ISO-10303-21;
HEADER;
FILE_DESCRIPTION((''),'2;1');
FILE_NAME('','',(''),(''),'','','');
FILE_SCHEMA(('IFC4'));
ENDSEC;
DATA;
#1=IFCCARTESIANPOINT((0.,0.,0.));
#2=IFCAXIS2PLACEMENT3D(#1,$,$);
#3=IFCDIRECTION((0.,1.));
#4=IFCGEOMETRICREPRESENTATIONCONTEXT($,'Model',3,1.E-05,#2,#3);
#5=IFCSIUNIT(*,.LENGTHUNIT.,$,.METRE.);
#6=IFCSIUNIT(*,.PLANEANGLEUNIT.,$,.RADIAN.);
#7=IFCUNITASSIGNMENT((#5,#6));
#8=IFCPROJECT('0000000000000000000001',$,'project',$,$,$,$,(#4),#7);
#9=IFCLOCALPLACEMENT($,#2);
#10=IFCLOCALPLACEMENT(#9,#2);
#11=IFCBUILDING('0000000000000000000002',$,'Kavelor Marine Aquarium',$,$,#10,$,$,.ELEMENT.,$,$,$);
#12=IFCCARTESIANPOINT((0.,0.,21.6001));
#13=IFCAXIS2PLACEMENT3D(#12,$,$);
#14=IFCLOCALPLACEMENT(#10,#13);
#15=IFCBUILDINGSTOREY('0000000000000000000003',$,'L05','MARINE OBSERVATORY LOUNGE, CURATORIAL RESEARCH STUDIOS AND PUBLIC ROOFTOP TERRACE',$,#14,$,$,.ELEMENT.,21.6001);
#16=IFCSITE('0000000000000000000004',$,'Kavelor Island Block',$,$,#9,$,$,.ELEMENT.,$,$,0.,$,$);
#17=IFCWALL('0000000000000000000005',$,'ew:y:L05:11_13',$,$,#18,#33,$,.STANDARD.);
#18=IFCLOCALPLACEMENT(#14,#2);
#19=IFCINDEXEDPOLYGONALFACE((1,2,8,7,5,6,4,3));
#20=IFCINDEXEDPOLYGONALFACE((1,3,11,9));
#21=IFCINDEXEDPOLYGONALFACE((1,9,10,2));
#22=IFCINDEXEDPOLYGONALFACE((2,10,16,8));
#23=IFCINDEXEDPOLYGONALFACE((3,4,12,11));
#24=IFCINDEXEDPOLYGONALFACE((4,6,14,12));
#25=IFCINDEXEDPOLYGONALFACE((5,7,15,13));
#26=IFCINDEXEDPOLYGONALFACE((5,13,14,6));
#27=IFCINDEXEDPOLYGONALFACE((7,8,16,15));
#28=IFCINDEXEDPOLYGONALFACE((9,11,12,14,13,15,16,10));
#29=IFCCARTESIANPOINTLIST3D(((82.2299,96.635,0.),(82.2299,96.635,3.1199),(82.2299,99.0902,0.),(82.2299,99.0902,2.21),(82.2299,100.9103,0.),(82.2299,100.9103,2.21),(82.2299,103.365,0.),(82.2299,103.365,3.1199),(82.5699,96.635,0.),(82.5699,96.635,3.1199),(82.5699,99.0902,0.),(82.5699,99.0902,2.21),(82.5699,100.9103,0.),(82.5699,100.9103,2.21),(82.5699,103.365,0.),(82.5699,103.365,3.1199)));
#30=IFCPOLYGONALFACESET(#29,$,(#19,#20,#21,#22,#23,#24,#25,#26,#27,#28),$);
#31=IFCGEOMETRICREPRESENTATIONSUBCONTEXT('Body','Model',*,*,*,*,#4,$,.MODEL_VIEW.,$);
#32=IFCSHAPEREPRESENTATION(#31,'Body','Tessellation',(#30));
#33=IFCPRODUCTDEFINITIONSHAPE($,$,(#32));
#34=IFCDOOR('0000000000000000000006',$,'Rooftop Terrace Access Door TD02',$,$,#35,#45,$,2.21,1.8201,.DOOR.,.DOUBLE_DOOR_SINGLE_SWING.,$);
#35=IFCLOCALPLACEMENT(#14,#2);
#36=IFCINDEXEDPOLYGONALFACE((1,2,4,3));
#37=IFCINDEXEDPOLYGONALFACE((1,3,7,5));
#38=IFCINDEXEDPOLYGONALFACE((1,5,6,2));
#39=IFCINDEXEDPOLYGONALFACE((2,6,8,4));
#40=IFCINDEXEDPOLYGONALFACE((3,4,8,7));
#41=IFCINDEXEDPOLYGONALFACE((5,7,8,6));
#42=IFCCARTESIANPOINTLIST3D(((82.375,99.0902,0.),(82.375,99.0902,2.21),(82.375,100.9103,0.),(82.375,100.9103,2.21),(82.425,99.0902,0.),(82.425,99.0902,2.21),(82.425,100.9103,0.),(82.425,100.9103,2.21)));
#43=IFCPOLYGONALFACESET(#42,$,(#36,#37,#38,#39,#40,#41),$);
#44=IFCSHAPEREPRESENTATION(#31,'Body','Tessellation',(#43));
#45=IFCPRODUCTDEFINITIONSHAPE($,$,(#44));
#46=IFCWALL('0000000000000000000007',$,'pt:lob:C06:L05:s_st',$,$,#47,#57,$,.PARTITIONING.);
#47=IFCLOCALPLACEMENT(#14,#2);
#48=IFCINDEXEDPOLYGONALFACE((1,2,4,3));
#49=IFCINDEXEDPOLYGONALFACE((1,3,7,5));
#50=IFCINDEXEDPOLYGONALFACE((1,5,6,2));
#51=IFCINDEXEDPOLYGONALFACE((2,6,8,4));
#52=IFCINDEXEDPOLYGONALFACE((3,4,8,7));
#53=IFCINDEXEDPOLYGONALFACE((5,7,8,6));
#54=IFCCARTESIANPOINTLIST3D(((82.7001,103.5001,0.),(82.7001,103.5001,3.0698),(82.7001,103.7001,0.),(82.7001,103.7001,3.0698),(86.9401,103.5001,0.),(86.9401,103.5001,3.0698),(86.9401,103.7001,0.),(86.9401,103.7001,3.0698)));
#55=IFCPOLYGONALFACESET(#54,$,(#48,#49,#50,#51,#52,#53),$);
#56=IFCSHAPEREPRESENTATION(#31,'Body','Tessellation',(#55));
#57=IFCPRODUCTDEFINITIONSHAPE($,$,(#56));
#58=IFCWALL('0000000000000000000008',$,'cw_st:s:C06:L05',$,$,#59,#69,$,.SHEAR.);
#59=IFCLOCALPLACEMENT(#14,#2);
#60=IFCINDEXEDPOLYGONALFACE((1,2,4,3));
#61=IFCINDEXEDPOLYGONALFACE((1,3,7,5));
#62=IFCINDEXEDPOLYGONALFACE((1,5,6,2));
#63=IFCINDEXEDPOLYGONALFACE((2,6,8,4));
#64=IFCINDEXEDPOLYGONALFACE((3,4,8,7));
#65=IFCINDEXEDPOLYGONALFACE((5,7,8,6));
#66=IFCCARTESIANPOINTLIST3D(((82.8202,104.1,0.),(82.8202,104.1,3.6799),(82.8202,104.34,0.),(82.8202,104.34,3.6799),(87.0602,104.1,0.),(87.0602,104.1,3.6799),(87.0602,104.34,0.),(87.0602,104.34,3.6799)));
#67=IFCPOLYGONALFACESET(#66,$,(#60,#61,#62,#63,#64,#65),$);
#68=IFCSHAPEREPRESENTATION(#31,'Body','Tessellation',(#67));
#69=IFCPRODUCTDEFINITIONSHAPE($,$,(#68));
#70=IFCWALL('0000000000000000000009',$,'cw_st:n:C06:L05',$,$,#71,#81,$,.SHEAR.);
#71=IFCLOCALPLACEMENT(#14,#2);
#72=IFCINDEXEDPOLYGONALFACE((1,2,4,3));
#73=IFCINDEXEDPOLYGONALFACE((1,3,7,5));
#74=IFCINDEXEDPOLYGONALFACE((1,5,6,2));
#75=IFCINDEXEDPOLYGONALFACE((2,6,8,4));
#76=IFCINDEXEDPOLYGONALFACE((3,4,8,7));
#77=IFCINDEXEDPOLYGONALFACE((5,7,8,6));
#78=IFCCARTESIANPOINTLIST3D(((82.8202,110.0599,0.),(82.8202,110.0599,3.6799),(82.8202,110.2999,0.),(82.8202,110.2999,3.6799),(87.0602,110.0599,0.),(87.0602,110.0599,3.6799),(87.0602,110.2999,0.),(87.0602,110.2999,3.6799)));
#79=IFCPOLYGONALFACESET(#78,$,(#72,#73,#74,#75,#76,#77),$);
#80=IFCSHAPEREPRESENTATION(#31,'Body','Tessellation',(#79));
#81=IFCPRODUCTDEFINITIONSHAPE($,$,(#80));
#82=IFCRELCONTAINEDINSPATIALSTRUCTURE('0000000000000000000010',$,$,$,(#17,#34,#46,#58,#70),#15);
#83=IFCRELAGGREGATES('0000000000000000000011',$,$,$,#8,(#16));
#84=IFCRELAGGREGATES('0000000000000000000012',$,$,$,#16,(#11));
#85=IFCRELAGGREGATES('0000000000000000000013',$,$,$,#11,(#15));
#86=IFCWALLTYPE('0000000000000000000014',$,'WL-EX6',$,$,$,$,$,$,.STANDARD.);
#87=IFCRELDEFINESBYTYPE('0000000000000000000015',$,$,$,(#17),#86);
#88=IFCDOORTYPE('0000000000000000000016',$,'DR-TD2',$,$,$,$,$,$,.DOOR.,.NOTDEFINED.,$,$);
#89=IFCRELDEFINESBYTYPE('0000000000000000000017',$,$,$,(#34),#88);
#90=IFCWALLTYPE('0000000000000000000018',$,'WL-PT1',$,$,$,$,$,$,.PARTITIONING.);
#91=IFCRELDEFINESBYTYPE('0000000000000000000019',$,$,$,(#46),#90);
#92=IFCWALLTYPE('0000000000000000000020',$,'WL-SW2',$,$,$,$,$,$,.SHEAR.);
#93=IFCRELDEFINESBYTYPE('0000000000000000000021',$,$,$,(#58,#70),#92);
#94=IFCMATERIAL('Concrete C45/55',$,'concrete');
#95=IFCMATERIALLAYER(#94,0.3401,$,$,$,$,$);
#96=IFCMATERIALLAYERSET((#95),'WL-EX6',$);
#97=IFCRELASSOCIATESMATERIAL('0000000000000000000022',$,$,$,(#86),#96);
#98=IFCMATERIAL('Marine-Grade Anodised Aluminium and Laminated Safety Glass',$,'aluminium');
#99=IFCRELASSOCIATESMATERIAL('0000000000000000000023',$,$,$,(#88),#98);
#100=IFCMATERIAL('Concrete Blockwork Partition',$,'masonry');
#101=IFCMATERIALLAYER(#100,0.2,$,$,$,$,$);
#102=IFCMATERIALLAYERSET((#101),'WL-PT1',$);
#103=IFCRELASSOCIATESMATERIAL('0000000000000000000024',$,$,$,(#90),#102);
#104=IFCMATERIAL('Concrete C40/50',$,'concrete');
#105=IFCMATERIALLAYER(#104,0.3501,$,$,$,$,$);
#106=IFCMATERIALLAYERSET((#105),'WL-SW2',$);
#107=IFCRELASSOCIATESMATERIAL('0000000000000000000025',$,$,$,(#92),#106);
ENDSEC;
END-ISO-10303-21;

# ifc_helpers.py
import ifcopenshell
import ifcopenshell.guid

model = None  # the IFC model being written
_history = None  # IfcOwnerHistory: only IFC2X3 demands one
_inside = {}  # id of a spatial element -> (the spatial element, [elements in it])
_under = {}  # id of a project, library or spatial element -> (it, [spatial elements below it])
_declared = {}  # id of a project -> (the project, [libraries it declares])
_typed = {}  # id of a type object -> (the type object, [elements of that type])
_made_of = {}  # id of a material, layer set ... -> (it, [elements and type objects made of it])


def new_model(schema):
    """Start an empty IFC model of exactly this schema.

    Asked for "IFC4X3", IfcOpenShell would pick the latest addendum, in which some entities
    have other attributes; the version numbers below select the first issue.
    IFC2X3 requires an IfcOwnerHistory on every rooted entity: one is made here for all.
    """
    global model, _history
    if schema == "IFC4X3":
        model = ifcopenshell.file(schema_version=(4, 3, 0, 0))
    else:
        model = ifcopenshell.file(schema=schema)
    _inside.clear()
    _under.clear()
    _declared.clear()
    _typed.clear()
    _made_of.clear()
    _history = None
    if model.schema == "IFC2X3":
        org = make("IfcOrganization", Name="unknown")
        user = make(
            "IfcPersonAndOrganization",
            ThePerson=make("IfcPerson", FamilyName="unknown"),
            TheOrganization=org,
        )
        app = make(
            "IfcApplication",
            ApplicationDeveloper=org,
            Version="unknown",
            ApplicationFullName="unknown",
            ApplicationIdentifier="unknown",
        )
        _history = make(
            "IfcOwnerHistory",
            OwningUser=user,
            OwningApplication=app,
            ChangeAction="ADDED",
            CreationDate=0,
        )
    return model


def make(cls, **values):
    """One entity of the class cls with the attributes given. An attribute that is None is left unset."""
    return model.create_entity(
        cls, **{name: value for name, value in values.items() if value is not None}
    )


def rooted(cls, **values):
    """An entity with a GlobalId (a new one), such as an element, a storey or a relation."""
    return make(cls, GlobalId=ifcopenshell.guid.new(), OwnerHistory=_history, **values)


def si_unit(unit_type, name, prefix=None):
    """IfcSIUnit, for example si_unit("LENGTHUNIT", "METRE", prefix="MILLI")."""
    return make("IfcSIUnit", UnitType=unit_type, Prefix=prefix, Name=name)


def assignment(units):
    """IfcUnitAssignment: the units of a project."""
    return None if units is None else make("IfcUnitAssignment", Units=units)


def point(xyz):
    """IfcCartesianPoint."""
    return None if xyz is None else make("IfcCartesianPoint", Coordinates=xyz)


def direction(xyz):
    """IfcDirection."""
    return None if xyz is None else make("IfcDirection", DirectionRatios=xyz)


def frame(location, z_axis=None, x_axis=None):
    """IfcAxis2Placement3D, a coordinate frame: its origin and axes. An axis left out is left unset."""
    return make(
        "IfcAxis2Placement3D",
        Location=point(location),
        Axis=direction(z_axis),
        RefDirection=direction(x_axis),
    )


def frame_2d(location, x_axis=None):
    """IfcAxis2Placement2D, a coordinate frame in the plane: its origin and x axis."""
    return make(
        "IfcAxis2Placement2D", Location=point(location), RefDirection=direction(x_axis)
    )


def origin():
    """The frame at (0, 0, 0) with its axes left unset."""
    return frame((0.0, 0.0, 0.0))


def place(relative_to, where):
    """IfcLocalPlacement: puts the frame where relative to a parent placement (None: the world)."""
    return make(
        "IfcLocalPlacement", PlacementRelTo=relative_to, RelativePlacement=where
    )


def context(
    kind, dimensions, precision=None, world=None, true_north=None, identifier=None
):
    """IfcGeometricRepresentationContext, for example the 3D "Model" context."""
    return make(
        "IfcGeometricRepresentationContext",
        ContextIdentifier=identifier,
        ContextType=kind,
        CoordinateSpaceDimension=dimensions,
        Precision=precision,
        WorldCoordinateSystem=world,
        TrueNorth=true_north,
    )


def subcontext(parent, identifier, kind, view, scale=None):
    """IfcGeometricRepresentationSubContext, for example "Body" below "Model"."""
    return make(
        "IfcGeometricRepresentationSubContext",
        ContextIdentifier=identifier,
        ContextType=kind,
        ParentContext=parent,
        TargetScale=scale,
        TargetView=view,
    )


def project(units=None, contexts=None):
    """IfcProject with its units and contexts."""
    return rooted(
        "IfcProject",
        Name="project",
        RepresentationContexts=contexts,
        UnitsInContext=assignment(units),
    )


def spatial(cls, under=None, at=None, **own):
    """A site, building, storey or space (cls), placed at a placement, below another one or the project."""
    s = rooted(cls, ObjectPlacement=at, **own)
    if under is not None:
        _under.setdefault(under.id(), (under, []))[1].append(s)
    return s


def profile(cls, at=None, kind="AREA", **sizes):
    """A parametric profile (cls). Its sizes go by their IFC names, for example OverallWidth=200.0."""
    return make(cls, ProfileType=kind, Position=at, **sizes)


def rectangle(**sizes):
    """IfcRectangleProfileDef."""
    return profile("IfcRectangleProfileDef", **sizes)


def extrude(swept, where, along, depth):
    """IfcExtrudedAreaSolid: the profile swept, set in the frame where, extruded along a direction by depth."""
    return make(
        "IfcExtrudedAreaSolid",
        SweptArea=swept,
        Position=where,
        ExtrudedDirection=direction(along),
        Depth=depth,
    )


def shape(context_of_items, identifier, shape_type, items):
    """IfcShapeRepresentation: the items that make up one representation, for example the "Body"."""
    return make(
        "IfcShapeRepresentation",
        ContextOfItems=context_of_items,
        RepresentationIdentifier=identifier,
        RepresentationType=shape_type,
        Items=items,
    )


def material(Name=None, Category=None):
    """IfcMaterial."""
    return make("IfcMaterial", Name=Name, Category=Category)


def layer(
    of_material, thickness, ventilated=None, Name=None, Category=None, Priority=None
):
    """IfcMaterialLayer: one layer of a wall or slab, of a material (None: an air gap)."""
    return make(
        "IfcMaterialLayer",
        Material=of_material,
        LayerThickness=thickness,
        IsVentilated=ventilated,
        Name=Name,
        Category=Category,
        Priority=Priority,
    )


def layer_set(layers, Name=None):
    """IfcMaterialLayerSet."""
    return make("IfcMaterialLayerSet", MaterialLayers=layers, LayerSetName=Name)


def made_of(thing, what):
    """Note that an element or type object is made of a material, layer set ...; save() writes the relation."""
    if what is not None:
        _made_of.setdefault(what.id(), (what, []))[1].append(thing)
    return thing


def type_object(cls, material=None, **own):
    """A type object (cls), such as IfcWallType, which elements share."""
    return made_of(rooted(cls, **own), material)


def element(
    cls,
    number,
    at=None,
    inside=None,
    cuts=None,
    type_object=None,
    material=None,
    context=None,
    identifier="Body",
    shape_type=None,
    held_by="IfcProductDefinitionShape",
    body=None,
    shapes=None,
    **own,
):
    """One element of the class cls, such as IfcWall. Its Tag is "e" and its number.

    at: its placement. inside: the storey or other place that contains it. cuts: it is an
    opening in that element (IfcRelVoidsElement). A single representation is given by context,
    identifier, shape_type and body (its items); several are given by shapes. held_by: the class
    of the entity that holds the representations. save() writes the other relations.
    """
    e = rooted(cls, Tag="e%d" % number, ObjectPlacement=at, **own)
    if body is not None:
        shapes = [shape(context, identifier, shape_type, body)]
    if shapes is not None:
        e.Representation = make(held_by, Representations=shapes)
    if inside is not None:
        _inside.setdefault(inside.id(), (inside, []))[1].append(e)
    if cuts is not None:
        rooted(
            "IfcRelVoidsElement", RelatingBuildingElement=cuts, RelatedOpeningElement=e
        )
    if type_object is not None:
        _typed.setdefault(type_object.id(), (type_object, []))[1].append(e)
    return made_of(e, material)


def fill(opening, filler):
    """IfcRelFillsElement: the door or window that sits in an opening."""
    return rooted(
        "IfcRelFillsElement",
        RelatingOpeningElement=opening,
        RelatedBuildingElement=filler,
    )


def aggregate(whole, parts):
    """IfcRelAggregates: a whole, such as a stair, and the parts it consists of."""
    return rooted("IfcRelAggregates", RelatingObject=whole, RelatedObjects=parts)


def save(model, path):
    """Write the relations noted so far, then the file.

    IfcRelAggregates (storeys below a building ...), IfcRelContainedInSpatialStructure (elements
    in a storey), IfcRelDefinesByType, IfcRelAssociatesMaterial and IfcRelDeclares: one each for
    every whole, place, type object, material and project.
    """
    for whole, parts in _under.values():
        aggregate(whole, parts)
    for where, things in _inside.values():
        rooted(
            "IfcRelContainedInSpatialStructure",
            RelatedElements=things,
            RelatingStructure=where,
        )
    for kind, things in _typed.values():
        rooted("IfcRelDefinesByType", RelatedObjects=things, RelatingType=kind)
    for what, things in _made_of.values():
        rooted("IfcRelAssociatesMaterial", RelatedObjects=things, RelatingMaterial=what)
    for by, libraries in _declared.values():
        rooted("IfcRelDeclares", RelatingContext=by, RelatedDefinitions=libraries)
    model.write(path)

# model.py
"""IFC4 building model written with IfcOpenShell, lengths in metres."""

from ifc_helpers import new_model, si_unit, direction, frame, frame_2d, origin, place, context, subcontext, project, spatial, rectangle, extrude, material, layer, layer_set, type_object, element, fill, save


model = new_model("IFC4")

# Units and contexts
model_context = context("Model", 3, precision=1e-05, world=origin(), true_north=direction((0.0, 1.0)))
body_context = subcontext(model_context, "Body", "Model", "MODEL_VIEW")
ifc_project = project(units=[si_unit("LENGTHUNIT", "METRE"), si_unit("PLANEANGLEUNIT", "RADIAN")], contexts=[model_context])

# Site, building, storey
site_placement = place(None, origin())
site = spatial("IfcSite", under=ifc_project, at=site_placement, Name="Kavelor Island Block", CompositionType="ELEMENT", RefElevation=0.0)
building_placement = place(site_placement, origin())
building = spatial("IfcBuilding", under=site, at=building_placement, Name="Kavelor Marine Aquarium", CompositionType="ELEMENT")
storey_placement = place(building_placement, frame((0.0, 0.0, 21.6001)))
storey = spatial("IfcBuildingStorey", under=building, at=storey_placement, Name="L05", Description="MARINE OBSERVATORY LOUNGE, CURATORIAL RESEARCH STUDIOS AND PUBLIC ROOFTOP TERRACE", CompositionType="ELEMENT", Elevation=21.6001)

# Wall, opening, door
ifc_material_1 = material(Name="Concrete C45/55", Category="concrete")
ifc_layer_1 = layer(ifc_material_1, 0.3401)
ifc_layer_set_1 = layer_set([ifc_layer_1], Name="WL-EX6")
wall_type_1 = type_object("IfcWallType", Name="WL-EX6", PredefinedType="STANDARD", material=ifc_layer_set_1)
wall_1_placement = place(storey_placement, frame((82.3999, 96.635, 0.0), z_axis=(0.0, 0.0, 1.0), x_axis=(0.0, 1.0, 0.0)))
wall_1 = element("IfcWall", 1, at=wall_1_placement, inside=storey, type_object=wall_type_1, Name="ew:y:L05:11_13", PredefinedType="STANDARD", context=body_context, shape_type="SweptSolid", body=[
    extrude(rectangle(XDim=6.73, YDim=0.3401, at=frame_2d((3.365, 0.0))), origin(), (0.0, 0.0, 1.0), 3.1199),
])
opening_1_placement = place(wall_1_placement, frame((2.4551, 0.0, 0.0)))
opening_1 = element("IfcOpeningElement", 2, at=opening_1_placement, cuts=wall_1, PredefinedType="OPENING", context=body_context, shape_type="SweptSolid", body=[
    extrude(rectangle(XDim=1.8201, YDim=2.21, at=frame_2d((0.9102, 1.105))), frame((0.0, 0.1799, 0.0), z_axis=(0.0, -1.0, 0.0), x_axis=(1.0, 0.0, 0.0)), (0.0, 0.0, 1.0), 0.3601),
])
ifc_material_2 = material(Name="Marine-Grade Anodised Aluminium and Laminated Safety Glass", Category="aluminium")
door_type_1 = type_object("IfcDoorType", Name="DR-TD2", OperationType="NOTDEFINED", PredefinedType="DOOR", material=ifc_material_2)
door_1_placement = place(opening_1_placement, origin())
door_1 = element("IfcDoor", 3, at=door_1_placement, inside=storey, type_object=door_type_1, Name="Rooftop Terrace Access Door TD02", OperationType="DOUBLE_DOOR_SINGLE_SWING", OverallHeight=2.21, OverallWidth=1.8201, PredefinedType="DOOR", context=body_context, shape_type="SweptSolid", body=[
    extrude(rectangle(XDim=1.8201, YDim=2.21, at=frame_2d((0.9102, 1.105))), frame((0.0, 0.0249, 0.0), z_axis=(0.0, -1.0, 0.0), x_axis=(1.0, 0.0, 0.0)), (0.0, 0.0, 1.0), 0.05),
])
fill(opening_1, door_1)

# Walls
ifc_material_3 = material(Name="Concrete Blockwork Partition", Category="masonry")
ifc_layer_2 = layer(ifc_material_3, 0.2)
ifc_layer_set_2 = layer_set([ifc_layer_2], Name="WL-PT1")
wall_type_2 = type_object("IfcWallType", Name="WL-PT1", PredefinedType="PARTITIONING", material=ifc_layer_set_2)
wall_2_placement = place(storey_placement, frame((82.7, 103.6001, 0.0), z_axis=(0.0, 0.0, 1.0), x_axis=(1.0, 0.0, 0.0)))
element("IfcWall", 4, at=wall_2_placement, inside=storey, type_object=wall_type_2, Name="pt:lob:C06:L05:s_st", PredefinedType="PARTITIONING", context=body_context, shape_type="SweptSolid", body=[
    extrude(rectangle(XDim=4.24, YDim=0.2, at=frame_2d((2.1201, 0.0))), origin(), (0.0, 0.0, 1.0), 3.0698),
])
ifc_material_4 = material(Name="Concrete C40/50", Category="concrete")
ifc_layer_3 = layer(ifc_material_4, 0.3501)
ifc_layer_set_3 = layer_set([ifc_layer_3], Name="WL-SW2")
wall_type_3 = type_object("IfcWallType", Name="WL-SW2", PredefinedType="SHEAR", material=ifc_layer_set_3)
for number, where, z_axis, x_axis, name in (
    (5, (82.8201, 104.22, 0.0), (0.0, 0.0, 1.0), (1.0, 0.0, 0.0), "cw_st:s:C06:L05"),
    (6, (82.8201, 110.1799, 0.0), (0.0, 0.0, 1.0), (1.0, 0.0, 0.0), "cw_st:n:C06:L05"),
):
    element("IfcWall", number, at=place(storey_placement, frame(where, z_axis=z_axis, x_axis=x_axis)), inside=storey, type_object=wall_type_3, Name=name, PredefinedType="SHEAR", context=body_context, shape_type="SweptSolid", body=[
        extrude(rectangle(XDim=4.24, YDim=0.24, at=frame_2d((2.1201, 0.0))), origin(), (0.0, 0.0, 1.0), 3.6799),
    ])

save(model, "model.ifc")
